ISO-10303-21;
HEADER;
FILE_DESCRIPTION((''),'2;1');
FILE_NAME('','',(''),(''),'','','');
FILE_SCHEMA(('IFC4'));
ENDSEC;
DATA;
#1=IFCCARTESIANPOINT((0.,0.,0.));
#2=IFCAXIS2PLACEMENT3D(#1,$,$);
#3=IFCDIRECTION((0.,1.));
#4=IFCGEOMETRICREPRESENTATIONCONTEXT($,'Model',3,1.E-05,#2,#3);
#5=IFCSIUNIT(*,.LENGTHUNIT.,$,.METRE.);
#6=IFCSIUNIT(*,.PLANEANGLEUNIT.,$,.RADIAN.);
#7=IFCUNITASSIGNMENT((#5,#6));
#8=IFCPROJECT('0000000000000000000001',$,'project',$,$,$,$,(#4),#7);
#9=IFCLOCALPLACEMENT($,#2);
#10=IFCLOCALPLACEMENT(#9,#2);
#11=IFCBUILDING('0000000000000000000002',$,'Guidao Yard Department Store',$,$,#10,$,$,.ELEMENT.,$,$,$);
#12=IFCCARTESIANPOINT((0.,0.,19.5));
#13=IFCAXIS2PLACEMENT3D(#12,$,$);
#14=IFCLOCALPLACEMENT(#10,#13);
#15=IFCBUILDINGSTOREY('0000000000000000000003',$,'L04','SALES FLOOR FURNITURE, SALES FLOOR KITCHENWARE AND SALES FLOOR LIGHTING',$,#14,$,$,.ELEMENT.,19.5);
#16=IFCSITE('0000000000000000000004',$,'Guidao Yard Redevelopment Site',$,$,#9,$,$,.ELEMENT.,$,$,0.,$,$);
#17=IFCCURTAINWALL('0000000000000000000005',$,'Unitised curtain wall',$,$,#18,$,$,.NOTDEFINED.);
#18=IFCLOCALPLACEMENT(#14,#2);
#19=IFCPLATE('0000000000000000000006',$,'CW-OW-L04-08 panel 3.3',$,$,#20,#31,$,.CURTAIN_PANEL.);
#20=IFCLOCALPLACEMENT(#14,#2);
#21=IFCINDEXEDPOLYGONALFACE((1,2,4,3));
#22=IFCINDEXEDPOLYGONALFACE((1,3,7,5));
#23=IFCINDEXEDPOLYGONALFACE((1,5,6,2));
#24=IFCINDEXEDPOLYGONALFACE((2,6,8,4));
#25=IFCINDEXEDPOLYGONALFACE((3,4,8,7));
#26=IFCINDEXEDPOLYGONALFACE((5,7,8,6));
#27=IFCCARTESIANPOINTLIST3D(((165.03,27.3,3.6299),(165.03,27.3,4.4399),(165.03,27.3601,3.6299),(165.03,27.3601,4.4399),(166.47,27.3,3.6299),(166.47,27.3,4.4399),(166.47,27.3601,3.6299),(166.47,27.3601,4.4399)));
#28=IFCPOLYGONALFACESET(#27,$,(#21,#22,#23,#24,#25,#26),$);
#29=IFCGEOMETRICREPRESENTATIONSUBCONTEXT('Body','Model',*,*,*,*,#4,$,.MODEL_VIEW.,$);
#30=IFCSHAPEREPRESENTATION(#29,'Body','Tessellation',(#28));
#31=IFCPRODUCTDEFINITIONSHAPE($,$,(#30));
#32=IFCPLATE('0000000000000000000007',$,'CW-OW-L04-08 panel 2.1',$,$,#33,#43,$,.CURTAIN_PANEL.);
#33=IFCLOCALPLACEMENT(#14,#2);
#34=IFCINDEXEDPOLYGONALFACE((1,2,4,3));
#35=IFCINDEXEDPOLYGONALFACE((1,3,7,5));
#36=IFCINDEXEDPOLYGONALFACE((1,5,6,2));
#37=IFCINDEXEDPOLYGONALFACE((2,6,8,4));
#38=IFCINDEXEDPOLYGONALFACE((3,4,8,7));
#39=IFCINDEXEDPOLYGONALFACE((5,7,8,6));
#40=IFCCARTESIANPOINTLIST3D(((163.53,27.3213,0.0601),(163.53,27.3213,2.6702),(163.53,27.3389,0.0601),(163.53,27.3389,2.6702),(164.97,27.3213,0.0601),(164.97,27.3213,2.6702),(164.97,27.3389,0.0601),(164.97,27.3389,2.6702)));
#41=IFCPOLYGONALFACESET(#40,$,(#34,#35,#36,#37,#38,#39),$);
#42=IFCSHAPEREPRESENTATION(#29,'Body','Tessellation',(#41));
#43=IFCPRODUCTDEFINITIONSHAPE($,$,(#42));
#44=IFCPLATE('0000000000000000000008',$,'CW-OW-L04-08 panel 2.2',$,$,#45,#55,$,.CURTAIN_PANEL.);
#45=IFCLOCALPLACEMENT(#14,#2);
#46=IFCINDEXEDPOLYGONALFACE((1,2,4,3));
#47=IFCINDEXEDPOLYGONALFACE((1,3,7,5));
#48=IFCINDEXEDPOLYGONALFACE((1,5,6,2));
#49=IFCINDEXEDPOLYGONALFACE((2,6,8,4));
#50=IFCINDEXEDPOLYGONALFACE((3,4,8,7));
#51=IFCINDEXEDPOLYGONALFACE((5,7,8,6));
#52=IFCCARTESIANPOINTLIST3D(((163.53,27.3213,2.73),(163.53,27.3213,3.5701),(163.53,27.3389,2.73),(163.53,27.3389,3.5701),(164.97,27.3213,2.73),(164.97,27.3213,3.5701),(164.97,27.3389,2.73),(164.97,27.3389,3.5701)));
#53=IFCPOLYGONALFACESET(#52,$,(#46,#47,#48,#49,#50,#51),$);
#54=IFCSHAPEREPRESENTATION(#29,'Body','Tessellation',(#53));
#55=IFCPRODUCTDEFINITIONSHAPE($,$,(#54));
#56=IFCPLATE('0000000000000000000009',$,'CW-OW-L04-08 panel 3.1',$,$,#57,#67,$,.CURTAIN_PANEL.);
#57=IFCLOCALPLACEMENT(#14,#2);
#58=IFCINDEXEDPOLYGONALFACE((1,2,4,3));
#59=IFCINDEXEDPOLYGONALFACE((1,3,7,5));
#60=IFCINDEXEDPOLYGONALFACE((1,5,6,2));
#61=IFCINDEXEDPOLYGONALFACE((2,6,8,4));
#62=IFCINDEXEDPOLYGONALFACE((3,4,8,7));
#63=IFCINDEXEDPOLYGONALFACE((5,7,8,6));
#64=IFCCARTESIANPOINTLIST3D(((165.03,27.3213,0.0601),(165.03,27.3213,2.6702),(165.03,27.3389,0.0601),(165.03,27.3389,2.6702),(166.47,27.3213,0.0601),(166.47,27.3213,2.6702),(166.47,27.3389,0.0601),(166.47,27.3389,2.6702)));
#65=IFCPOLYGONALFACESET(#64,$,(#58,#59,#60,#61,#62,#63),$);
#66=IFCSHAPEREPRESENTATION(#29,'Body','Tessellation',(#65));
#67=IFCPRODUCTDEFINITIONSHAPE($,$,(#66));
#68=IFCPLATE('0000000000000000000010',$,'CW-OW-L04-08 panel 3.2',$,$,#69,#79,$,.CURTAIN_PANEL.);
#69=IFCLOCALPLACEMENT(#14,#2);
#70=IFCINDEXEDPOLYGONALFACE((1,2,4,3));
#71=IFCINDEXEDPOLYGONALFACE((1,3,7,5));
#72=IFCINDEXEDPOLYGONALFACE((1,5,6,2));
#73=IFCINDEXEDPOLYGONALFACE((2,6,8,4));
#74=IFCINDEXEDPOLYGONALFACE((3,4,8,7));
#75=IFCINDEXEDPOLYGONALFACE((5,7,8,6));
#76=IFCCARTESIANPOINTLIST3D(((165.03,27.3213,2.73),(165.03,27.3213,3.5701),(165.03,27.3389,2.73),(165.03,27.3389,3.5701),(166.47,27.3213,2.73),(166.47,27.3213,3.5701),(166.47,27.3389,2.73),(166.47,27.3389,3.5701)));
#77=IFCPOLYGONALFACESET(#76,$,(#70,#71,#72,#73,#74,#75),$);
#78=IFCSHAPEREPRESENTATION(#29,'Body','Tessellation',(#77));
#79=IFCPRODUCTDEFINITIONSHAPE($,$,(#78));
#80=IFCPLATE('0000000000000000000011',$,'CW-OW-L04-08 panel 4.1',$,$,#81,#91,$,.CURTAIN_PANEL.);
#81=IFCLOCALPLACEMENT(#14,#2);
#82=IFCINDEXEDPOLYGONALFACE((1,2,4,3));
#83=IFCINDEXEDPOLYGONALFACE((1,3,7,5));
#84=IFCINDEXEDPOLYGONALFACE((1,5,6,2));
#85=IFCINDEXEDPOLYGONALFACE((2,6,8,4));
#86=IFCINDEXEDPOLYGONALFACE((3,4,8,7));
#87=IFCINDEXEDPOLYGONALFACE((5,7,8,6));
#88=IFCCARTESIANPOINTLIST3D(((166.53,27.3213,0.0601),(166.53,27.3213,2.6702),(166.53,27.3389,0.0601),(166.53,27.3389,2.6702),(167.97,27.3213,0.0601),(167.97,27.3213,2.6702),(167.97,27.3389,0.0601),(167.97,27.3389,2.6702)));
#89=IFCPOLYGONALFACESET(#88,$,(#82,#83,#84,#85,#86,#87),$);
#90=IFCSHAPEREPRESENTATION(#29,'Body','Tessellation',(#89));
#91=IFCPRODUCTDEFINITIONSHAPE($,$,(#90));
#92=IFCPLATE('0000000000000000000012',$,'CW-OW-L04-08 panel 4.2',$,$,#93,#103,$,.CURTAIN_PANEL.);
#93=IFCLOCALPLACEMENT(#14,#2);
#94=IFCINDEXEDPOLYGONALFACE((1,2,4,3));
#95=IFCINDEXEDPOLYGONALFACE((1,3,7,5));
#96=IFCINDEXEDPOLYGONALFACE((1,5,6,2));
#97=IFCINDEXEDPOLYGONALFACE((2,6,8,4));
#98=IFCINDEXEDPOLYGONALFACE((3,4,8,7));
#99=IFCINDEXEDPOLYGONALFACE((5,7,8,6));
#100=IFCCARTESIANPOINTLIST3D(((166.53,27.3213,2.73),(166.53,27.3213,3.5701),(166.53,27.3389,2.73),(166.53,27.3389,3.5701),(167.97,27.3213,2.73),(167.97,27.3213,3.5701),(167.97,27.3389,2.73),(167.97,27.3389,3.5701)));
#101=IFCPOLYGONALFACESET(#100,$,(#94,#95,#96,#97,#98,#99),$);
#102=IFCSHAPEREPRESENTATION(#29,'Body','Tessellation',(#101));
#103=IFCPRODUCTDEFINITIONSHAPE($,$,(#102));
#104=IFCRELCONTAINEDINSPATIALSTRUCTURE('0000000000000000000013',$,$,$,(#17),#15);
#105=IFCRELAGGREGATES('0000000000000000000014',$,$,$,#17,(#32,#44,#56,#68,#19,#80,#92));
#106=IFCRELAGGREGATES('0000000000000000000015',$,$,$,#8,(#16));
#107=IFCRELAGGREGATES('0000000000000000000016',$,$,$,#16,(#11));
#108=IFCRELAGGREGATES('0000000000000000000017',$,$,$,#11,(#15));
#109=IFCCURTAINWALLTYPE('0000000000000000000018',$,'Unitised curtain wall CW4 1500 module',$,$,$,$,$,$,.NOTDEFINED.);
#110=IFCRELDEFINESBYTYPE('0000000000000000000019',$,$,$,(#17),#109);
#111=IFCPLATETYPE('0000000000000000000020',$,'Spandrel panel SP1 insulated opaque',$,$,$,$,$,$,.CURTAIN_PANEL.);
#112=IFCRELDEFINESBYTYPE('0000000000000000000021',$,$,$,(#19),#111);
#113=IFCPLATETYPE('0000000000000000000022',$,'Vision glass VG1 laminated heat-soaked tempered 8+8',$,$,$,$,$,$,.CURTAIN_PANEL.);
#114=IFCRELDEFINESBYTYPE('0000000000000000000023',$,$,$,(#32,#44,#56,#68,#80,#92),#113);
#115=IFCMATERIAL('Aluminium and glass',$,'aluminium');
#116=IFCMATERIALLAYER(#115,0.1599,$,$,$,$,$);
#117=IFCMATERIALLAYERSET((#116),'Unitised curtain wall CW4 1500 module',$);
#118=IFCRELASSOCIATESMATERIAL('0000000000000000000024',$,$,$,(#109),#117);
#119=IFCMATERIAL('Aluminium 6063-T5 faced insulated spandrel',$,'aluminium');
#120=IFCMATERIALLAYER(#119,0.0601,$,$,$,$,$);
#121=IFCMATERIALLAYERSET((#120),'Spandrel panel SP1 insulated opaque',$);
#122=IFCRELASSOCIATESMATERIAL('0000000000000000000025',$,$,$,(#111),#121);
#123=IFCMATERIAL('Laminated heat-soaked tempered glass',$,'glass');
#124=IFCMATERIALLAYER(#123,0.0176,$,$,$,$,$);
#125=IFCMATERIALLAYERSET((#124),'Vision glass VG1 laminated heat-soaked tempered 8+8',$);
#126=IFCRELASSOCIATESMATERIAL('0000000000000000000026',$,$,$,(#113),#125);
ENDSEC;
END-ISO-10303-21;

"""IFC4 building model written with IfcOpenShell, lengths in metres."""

from ifc_helpers import new_model, si_unit, direction, frame, origin, origin_2d, place, context, subcontext, project, spatial, rectangle, extrude, material, layer, layer_set, type_object, element, aggregate, save


model = new_model("IFC4")

# Units and contexts
model_context = context("Model", 3, precision=1e-05, world=origin(), true_north=direction((0.0, 1.0)))
body_context = subcontext(model_context, "Body", "Model", "MODEL_VIEW")
ifc_project = project(units=[si_unit("LENGTHUNIT", "METRE"), si_unit("PLANEANGLEUNIT", "RADIAN")], contexts=[model_context])

# Site, building, storey
site_placement = place(None, origin())
site = spatial("IfcSite", under=ifc_project, at=site_placement, Name="Guidao Yard Redevelopment Site", CompositionType="ELEMENT", RefElevation=0.0)
building_placement = place(site_placement, origin())
building = spatial("IfcBuilding", under=site, at=building_placement, Name="Guidao Yard Department Store", CompositionType="ELEMENT")
storey_placement = place(building_placement, frame((0.0, 0.0, 19.5)))
storey = spatial("IfcBuildingStorey", under=building, at=storey_placement, Name="L04", Description="SALES FLOOR FURNITURE, SALES FLOOR KITCHENWARE AND SALES FLOOR LIGHTING", CompositionType="ELEMENT", Elevation=19.5)

# Curtain wall, plates
ifc_material_1 = material(Name="Aluminium and glass", Category="aluminium")
ifc_layer_1 = layer(ifc_material_1, 0.1599)
ifc_layer_set_1 = layer_set([ifc_layer_1], Name="Unitised curtain wall CW4 1500 module")
curtain_wall_type = type_object("IfcCurtainWallType", Name="Unitised curtain wall CW4 1500 module", PredefinedType="NOTDEFINED", material=ifc_layer_set_1)
curtain_wall_placement = place(storey_placement, origin())
curtain_wall = element("IfcCurtainWall", 1, at=curtain_wall_placement, inside=storey, type_object=curtain_wall_type, Name="Unitised curtain wall", PredefinedType="NOTDEFINED")
ifc_material_2 = material(Name="Aluminium 6063-T5 faced insulated spandrel", Category="aluminium")
ifc_layer_2 = layer(ifc_material_2, 0.0601)
ifc_layer_set_2 = layer_set([ifc_layer_2], Name="Spandrel panel SP1 insulated opaque")
plate_type_1 = type_object("IfcPlateType", Name="Spandrel panel SP1 insulated opaque", PredefinedType="CURTAIN_PANEL", material=ifc_layer_set_2)
plate_1_placement = place(storey_placement, frame((165.75, 27.3301, 3.6299), z_axis=(0.0, 0.0, 1.0), x_axis=(1.0, 0.0, 0.0)))
plate_1 = element("IfcPlate", 2, at=plate_1_placement, type_object=plate_type_1, Name="CW-OW-L04-08 panel 3.3", PredefinedType="CURTAIN_PANEL", context=body_context, shape_type="SweptSolid", body=[
    extrude(rectangle(XDim=1.4399, YDim=0.0601, at=origin_2d()), origin(), (0.0, 0.0, 1.0), 0.8101),
])
ifc_material_3 = material(Name="Laminated heat-soaked tempered glass", Category="glass")
ifc_layer_3 = layer(ifc_material_3, 0.0176)
ifc_layer_set_3 = layer_set([ifc_layer_3], Name="Vision glass VG1 laminated heat-soaked tempered 8+8")
plate_type_2 = type_object("IfcPlateType", Name="Vision glass VG1 laminated heat-soaked tempered 8+8", PredefinedType="CURTAIN_PANEL", material=ifc_layer_set_3)
plate_2_placement = place(storey_placement, frame((164.25, 27.3301, 0.0601), z_axis=(0.0, 0.0, 1.0), x_axis=(1.0, 0.0, 0.0)))
plate_2 = element("IfcPlate", 3, at=plate_2_placement, type_object=plate_type_2, Name="CW-OW-L04-08 panel 2.1", PredefinedType="CURTAIN_PANEL", context=body_context, shape_type="SweptSolid", body=[
    extrude(rectangle(XDim=1.4399, YDim=0.0176, at=origin_2d()), origin(), (0.0, 0.0, 1.0), 2.6101),
])
plate_3_placement = place(storey_placement, frame((164.25, 27.3301, 2.73), z_axis=(0.0, 0.0, 1.0), x_axis=(1.0, 0.0, 0.0)))
plate_3 = element("IfcPlate", 4, at=plate_3_placement, type_object=plate_type_2, Name="CW-OW-L04-08 panel 2.2", PredefinedType="CURTAIN_PANEL", context=body_context, shape_type="SweptSolid", body=[
    extrude(rectangle(XDim=1.4399, YDim=0.0176, at=origin_2d()), origin(), (0.0, 0.0, 1.0), 0.8401),
])
plate_4_placement = place(storey_placement, frame((165.75, 27.3301, 0.0601), z_axis=(0.0, 0.0, 1.0), x_axis=(1.0, 0.0, 0.0)))
plate_4 = element("IfcPlate", 5, at=plate_4_placement, type_object=plate_type_2, Name="CW-OW-L04-08 panel 3.1", PredefinedType="CURTAIN_PANEL", context=body_context, shape_type="SweptSolid", body=[
    extrude(rectangle(XDim=1.4399, YDim=0.0176, at=origin_2d()), origin(), (0.0, 0.0, 1.0), 2.6101),
])
plate_5_placement = place(storey_placement, frame((165.75, 27.3301, 2.73), z_axis=(0.0, 0.0, 1.0), x_axis=(1.0, 0.0, 0.0)))
plate_5 = element("IfcPlate", 6, at=plate_5_placement, type_object=plate_type_2, Name="CW-OW-L04-08 panel 3.2", PredefinedType="CURTAIN_PANEL", context=body_context, shape_type="SweptSolid", body=[
    extrude(rectangle(XDim=1.4399, YDim=0.0176, at=origin_2d()), origin(), (0.0, 0.0, 1.0), 0.8401),
])
plate_6_placement = place(storey_placement, frame((167.25, 27.3301, 0.0601), z_axis=(0.0, 0.0, 1.0), x_axis=(1.0, 0.0, 0.0)))
plate_6 = element("IfcPlate", 7, at=plate_6_placement, type_object=plate_type_2, Name="CW-OW-L04-08 panel 4.1", PredefinedType="CURTAIN_PANEL", context=body_context, shape_type="SweptSolid", body=[
    extrude(rectangle(XDim=1.4399, YDim=0.0176, at=origin_2d()), origin(), (0.0, 0.0, 1.0), 2.6101),
])
plate_7_placement = place(storey_placement, frame((167.25, 27.3301, 2.73), z_axis=(0.0, 0.0, 1.0), x_axis=(1.0, 0.0, 0.0)))
plate_7 = element("IfcPlate", 8, at=plate_7_placement, type_object=plate_type_2, Name="CW-OW-L04-08 panel 4.2", PredefinedType="CURTAIN_PANEL", context=body_context, shape_type="SweptSolid", body=[
    extrude(rectangle(XDim=1.4399, YDim=0.0176, at=origin_2d()), origin(), (0.0, 0.0, 1.0), 0.8401),
])
aggregate(curtain_wall, [plate_2, plate_3, plate_4, plate_5, plate_1, plate_6, plate_7])

save(model, "model.ifc")
